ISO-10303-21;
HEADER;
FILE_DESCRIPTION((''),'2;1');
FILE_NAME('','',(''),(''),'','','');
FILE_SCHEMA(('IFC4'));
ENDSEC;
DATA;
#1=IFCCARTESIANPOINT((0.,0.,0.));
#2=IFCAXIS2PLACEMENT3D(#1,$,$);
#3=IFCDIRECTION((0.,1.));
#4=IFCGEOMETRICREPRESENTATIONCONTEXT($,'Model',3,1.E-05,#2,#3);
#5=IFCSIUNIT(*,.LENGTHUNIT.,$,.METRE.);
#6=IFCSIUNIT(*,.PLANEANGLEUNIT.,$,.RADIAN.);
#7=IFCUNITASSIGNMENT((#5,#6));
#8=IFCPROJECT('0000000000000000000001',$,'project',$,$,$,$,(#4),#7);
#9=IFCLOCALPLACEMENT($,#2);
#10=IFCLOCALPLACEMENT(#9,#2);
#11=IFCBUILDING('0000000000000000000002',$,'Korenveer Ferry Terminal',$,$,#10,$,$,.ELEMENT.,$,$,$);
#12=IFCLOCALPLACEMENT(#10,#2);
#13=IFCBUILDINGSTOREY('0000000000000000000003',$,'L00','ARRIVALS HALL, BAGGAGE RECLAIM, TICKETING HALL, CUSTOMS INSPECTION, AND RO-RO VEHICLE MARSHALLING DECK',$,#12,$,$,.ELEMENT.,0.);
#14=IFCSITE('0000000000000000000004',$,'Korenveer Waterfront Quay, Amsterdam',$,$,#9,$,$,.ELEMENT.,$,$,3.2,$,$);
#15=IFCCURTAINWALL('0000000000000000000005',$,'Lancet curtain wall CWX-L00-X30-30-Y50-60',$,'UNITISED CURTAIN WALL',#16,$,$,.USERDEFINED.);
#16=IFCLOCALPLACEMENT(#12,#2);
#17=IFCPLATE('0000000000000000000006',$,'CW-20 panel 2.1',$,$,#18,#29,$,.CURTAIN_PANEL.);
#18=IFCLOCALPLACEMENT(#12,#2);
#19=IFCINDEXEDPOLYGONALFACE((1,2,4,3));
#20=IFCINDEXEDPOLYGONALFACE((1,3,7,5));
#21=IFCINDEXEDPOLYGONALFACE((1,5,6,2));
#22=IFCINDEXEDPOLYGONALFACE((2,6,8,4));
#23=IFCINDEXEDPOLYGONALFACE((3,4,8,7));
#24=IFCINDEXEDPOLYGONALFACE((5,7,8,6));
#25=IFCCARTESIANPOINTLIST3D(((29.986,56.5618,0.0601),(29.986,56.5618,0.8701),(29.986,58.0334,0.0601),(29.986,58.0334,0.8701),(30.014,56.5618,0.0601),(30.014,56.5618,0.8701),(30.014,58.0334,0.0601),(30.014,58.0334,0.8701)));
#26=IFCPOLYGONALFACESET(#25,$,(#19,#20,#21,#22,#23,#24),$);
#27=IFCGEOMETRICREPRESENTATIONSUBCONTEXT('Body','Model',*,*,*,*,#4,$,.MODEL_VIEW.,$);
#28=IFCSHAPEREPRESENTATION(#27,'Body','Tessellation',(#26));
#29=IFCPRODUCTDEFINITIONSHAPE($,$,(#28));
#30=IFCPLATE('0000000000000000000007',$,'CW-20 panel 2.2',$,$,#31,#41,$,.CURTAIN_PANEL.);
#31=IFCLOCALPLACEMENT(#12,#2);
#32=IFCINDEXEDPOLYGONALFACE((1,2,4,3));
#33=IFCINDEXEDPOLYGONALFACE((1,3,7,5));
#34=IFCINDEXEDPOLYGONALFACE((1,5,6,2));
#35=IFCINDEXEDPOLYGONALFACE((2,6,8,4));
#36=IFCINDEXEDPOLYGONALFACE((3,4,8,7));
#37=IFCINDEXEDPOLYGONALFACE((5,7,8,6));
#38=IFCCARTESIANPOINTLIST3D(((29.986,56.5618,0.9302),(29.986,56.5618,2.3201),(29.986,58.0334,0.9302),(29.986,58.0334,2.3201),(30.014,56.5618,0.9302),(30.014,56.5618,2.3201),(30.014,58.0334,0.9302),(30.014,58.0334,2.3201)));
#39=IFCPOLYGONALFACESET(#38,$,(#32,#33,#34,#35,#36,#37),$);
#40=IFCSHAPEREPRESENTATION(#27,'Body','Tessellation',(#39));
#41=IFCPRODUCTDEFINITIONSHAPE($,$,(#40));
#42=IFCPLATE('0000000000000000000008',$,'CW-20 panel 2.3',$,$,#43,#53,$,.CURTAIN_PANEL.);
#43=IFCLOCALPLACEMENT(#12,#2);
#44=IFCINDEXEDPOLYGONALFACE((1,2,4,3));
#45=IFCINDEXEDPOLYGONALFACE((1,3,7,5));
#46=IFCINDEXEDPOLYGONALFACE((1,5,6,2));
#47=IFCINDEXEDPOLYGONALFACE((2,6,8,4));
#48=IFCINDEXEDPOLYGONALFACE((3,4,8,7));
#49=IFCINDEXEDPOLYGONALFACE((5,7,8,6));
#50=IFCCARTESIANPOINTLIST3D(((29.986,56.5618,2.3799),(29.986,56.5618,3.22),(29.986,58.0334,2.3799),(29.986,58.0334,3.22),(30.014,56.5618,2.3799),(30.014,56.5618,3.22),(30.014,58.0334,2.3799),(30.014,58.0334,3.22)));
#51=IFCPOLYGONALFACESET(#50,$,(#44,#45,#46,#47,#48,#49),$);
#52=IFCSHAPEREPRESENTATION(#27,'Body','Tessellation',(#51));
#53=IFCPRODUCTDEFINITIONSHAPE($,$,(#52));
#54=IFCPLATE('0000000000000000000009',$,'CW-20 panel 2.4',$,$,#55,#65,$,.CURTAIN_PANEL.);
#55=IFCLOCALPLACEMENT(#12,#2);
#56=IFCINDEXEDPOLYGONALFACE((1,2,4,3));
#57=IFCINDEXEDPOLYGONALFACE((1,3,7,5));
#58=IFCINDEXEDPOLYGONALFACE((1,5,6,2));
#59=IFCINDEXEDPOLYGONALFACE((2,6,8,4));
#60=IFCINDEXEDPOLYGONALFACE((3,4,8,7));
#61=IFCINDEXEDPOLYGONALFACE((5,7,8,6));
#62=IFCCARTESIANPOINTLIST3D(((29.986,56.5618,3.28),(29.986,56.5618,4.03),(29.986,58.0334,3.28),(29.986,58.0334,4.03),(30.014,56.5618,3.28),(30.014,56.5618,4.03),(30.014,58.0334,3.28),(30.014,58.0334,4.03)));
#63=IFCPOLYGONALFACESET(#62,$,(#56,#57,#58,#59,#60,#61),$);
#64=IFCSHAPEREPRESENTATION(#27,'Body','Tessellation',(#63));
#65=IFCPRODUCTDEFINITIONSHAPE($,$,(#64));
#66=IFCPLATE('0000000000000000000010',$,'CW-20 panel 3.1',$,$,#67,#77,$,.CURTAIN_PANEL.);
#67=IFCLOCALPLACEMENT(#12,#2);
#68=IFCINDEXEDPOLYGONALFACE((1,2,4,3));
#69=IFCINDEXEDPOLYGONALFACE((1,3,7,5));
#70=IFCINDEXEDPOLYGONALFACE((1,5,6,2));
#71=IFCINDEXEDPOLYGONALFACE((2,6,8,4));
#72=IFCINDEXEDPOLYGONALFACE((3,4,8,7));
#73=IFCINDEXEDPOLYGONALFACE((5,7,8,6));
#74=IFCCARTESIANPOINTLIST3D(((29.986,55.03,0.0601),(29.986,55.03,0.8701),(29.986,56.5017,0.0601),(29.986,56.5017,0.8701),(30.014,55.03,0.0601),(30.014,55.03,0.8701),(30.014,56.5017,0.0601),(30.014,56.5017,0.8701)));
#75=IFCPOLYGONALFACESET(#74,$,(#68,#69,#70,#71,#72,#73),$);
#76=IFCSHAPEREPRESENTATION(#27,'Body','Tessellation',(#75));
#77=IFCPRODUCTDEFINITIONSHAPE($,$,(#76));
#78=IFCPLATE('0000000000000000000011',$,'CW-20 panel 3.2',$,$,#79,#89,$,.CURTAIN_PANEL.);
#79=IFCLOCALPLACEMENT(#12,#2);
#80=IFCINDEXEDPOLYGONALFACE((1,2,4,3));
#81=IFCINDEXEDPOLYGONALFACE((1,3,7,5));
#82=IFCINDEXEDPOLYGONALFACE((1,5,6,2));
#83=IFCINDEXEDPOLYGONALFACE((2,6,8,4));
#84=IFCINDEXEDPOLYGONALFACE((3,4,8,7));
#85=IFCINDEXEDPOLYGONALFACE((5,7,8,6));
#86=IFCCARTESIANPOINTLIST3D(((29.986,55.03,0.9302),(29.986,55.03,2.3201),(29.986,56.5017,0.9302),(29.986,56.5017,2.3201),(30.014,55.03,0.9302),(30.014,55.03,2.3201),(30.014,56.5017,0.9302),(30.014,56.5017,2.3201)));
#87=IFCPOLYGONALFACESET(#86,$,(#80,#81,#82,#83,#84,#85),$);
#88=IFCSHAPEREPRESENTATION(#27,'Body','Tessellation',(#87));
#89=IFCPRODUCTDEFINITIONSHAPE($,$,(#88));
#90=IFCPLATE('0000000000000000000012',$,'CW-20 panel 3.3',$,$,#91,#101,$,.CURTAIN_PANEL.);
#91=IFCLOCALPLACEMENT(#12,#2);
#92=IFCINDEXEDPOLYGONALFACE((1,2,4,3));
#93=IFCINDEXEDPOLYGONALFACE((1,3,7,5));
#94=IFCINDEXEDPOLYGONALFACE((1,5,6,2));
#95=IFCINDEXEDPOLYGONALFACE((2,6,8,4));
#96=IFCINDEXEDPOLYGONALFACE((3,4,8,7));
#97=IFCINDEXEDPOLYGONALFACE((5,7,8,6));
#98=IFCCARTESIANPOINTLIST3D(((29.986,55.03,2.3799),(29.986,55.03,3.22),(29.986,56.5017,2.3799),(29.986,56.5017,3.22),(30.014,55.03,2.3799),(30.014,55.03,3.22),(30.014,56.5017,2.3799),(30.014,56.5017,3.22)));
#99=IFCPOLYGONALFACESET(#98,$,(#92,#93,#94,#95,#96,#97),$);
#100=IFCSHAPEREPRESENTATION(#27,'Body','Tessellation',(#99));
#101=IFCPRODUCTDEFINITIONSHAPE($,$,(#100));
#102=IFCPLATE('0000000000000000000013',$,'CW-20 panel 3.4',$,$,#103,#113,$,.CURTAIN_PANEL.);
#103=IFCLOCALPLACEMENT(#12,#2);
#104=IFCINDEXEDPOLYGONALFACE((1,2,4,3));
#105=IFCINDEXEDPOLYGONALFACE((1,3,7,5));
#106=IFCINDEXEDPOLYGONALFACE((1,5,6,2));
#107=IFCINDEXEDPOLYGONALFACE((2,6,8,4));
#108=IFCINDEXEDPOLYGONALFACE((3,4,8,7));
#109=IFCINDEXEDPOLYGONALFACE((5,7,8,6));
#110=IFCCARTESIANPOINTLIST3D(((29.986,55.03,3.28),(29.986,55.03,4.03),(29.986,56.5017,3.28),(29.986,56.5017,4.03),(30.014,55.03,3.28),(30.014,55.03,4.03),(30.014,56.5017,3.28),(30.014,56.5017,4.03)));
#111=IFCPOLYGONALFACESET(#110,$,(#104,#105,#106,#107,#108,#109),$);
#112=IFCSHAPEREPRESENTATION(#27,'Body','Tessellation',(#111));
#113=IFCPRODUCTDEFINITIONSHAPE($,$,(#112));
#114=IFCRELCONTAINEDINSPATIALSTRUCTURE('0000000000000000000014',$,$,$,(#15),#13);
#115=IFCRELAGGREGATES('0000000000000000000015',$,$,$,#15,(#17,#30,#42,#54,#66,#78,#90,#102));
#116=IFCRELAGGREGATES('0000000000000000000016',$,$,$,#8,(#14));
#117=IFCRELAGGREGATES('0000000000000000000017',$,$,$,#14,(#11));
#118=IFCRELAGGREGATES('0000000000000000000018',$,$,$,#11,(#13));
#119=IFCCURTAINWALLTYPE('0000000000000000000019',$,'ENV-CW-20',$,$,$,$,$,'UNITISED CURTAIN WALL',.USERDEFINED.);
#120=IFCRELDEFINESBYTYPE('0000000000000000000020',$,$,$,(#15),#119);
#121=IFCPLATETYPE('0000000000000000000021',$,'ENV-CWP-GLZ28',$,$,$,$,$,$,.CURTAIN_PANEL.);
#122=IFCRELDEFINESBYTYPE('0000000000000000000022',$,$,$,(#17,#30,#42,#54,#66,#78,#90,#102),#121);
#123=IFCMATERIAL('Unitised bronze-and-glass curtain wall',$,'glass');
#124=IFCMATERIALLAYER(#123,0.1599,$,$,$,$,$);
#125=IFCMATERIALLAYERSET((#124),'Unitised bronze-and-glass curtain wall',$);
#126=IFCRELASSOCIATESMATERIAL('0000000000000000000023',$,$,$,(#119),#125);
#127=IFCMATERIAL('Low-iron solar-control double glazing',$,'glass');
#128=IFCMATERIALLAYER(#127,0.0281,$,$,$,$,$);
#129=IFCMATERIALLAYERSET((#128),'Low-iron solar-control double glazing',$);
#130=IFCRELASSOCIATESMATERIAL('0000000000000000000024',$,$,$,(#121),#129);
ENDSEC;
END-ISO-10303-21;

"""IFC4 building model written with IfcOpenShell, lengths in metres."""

from ifc_helpers import new_model, si_unit, direction, frame, origin, origin_2d, place, context, subcontext, project, spatial, rectangle, extrude, material, layer, layer_set, type_object, element, aggregate, save


model = new_model("IFC4")

# Units and contexts
model_context = context("Model", 3, precision=1e-05, world=origin(), true_north=direction((0.0, 1.0)))
body_context = subcontext(model_context, "Body", "Model", "MODEL_VIEW")
ifc_project = project(units=[si_unit("LENGTHUNIT", "METRE"), si_unit("PLANEANGLEUNIT", "RADIAN")], contexts=[model_context])

# Site, building, storey
site_placement = place(None, origin())
site = spatial("IfcSite", under=ifc_project, at=site_placement, Name="Korenveer Waterfront Quay, Amsterdam", CompositionType="ELEMENT", RefElevation=3.2)
building_placement = place(site_placement, origin())
building = spatial("IfcBuilding", under=site, at=building_placement, Name="Korenveer Ferry Terminal", CompositionType="ELEMENT")
storey_placement = place(building_placement, origin())
storey = spatial("IfcBuildingStorey", under=building, at=storey_placement, Name="L00", Description="ARRIVALS HALL, BAGGAGE RECLAIM, TICKETING HALL, CUSTOMS INSPECTION, AND RO-RO VEHICLE MARSHALLING DECK", CompositionType="ELEMENT", Elevation=0.0)

# Curtain wall, plates
ifc_material_1 = material(Name="Unitised bronze-and-glass curtain wall", Category="glass")
ifc_layer_1 = layer(ifc_material_1, 0.1599)
ifc_layer_set_1 = layer_set([ifc_layer_1], Name="Unitised bronze-and-glass curtain wall")
curtain_wall_type = type_object("IfcCurtainWallType", Name="ENV-CW-20", ElementType="UNITISED CURTAIN WALL", PredefinedType="USERDEFINED", material=ifc_layer_set_1)
curtain_wall_placement = place(storey_placement, frame((30.0, 59.595, 0.0)))
curtain_wall = element("IfcCurtainWall", 1, at=curtain_wall_placement, inside=storey, type_object=curtain_wall_type, Name="Lancet curtain wall CWX-L00-X30-30-Y50-60", ObjectType="UNITISED CURTAIN WALL", PredefinedType="USERDEFINED")
ifc_material_2 = material(Name="Low-iron solar-control double glazing", Category="glass")
ifc_layer_2 = layer(ifc_material_2, 0.0281)
ifc_layer_set_2 = layer_set([ifc_layer_2], Name="Low-iron solar-control double glazing")
plate_type = type_object("IfcPlateType", Name="ENV-CWP-GLZ28", PredefinedType="CURTAIN_PANEL", material=ifc_layer_set_2)
plate_1_placement = place(storey_placement, frame((30.0, 57.2976, 0.0601), z_axis=(0.0, 0.0, 1.0), x_axis=(0.0, -1.0, 0.0)))
plate_1 = element("IfcPlate", 2, at=plate_1_placement, type_object=plate_type, Name="CW-20 panel 2.1", PredefinedType="CURTAIN_PANEL", context=body_context, shape_type="SweptSolid", body=[
    extrude(rectangle(XDim=1.4717, YDim=0.0281, at=origin_2d()), origin(), (0.0, 0.0, 1.0), 0.8101),
])
plate_2_placement = place(storey_placement, frame((30.0, 57.2976, 0.9302), z_axis=(0.0, 0.0, 1.0), x_axis=(0.0, -1.0, 0.0)))
plate_2 = element("IfcPlate", 3, at=plate_2_placement, type_object=plate_type, Name="CW-20 panel 2.2", PredefinedType="CURTAIN_PANEL", context=body_context, shape_type="SweptSolid", body=[
    extrude(rectangle(XDim=1.4717, YDim=0.0281, at=origin_2d()), origin(), (0.0, 0.0, 1.0), 1.3899),
])
plate_3_placement = place(storey_placement, frame((30.0, 57.2976, 2.3799), z_axis=(0.0, 0.0, 1.0), x_axis=(0.0, -1.0, 0.0)))
plate_3 = element("IfcPlate", 4, at=plate_3_placement, type_object=plate_type, Name="CW-20 panel 2.3", PredefinedType="CURTAIN_PANEL", context=body_context, shape_type="SweptSolid", body=[
    extrude(rectangle(XDim=1.4717, YDim=0.0281, at=origin_2d()), origin(), (0.0, 0.0, 1.0), 0.8401),
])
plate_4_placement = place(storey_placement, frame((30.0, 57.2976, 3.28), z_axis=(0.0, 0.0, 1.0), x_axis=(0.0, -1.0, 0.0)))
plate_4 = element("IfcPlate", 5, at=plate_4_placement, type_object=plate_type, Name="CW-20 panel 2.4", PredefinedType="CURTAIN_PANEL", context=body_context, shape_type="SweptSolid", body=[
    extrude(rectangle(XDim=1.4717, YDim=0.0281, at=origin_2d()), origin(), (0.0, 0.0, 1.0), 0.75),
])
plate_5_placement = place(storey_placement, frame((30.0, 55.7659, 0.0601), z_axis=(0.0, 0.0, 1.0), x_axis=(0.0, -1.0, 0.0)))
plate_5 = element("IfcPlate", 6, at=plate_5_placement, type_object=plate_type, Name="CW-20 panel 3.1", PredefinedType="CURTAIN_PANEL", context=body_context, shape_type="SweptSolid", body=[
    extrude(rectangle(XDim=1.4717, YDim=0.0281, at=origin_2d()), origin(), (0.0, 0.0, 1.0), 0.8101),
])
plate_6_placement = place(storey_placement, frame((30.0, 55.7659, 0.9302), z_axis=(0.0, 0.0, 1.0), x_axis=(0.0, -1.0, 0.0)))
plate_6 = element("IfcPlate", 7, at=plate_6_placement, type_object=plate_type, Name="CW-20 panel 3.2", PredefinedType="CURTAIN_PANEL", context=body_context, shape_type="SweptSolid", body=[
    extrude(rectangle(XDim=1.4717, YDim=0.0281, at=origin_2d()), origin(), (0.0, 0.0, 1.0), 1.3899),
])
plate_7_placement = place(storey_placement, frame((30.0, 55.7659, 2.3799), z_axis=(0.0, 0.0, 1.0), x_axis=(0.0, -1.0, 0.0)))
plate_7 = element("IfcPlate", 8, at=plate_7_placement, type_object=plate_type, Name="CW-20 panel 3.3", PredefinedType="CURTAIN_PANEL", context=body_context, shape_type="SweptSolid", body=[
    extrude(rectangle(XDim=1.4717, YDim=0.0281, at=origin_2d()), origin(), (0.0, 0.0, 1.0), 0.8401),
])
plate_8_placement = place(storey_placement, frame((30.0, 55.7659, 3.28), z_axis=(0.0, 0.0, 1.0), x_axis=(0.0, -1.0, 0.0)))
plate_8 = element("IfcPlate", 9, at=plate_8_placement, type_object=plate_type, Name="CW-20 panel 3.4", PredefinedType="CURTAIN_PANEL", context=body_context, shape_type="SweptSolid", body=[
    extrude(rectangle(XDim=1.4717, YDim=0.0281, at=origin_2d()), origin(), (0.0, 0.0, 1.0), 0.75),
])
aggregate(curtain_wall, [plate_1, plate_2, plate_3, plate_4, plate_5, plate_6, plate_7, plate_8])

save(model, "model.ifc")
